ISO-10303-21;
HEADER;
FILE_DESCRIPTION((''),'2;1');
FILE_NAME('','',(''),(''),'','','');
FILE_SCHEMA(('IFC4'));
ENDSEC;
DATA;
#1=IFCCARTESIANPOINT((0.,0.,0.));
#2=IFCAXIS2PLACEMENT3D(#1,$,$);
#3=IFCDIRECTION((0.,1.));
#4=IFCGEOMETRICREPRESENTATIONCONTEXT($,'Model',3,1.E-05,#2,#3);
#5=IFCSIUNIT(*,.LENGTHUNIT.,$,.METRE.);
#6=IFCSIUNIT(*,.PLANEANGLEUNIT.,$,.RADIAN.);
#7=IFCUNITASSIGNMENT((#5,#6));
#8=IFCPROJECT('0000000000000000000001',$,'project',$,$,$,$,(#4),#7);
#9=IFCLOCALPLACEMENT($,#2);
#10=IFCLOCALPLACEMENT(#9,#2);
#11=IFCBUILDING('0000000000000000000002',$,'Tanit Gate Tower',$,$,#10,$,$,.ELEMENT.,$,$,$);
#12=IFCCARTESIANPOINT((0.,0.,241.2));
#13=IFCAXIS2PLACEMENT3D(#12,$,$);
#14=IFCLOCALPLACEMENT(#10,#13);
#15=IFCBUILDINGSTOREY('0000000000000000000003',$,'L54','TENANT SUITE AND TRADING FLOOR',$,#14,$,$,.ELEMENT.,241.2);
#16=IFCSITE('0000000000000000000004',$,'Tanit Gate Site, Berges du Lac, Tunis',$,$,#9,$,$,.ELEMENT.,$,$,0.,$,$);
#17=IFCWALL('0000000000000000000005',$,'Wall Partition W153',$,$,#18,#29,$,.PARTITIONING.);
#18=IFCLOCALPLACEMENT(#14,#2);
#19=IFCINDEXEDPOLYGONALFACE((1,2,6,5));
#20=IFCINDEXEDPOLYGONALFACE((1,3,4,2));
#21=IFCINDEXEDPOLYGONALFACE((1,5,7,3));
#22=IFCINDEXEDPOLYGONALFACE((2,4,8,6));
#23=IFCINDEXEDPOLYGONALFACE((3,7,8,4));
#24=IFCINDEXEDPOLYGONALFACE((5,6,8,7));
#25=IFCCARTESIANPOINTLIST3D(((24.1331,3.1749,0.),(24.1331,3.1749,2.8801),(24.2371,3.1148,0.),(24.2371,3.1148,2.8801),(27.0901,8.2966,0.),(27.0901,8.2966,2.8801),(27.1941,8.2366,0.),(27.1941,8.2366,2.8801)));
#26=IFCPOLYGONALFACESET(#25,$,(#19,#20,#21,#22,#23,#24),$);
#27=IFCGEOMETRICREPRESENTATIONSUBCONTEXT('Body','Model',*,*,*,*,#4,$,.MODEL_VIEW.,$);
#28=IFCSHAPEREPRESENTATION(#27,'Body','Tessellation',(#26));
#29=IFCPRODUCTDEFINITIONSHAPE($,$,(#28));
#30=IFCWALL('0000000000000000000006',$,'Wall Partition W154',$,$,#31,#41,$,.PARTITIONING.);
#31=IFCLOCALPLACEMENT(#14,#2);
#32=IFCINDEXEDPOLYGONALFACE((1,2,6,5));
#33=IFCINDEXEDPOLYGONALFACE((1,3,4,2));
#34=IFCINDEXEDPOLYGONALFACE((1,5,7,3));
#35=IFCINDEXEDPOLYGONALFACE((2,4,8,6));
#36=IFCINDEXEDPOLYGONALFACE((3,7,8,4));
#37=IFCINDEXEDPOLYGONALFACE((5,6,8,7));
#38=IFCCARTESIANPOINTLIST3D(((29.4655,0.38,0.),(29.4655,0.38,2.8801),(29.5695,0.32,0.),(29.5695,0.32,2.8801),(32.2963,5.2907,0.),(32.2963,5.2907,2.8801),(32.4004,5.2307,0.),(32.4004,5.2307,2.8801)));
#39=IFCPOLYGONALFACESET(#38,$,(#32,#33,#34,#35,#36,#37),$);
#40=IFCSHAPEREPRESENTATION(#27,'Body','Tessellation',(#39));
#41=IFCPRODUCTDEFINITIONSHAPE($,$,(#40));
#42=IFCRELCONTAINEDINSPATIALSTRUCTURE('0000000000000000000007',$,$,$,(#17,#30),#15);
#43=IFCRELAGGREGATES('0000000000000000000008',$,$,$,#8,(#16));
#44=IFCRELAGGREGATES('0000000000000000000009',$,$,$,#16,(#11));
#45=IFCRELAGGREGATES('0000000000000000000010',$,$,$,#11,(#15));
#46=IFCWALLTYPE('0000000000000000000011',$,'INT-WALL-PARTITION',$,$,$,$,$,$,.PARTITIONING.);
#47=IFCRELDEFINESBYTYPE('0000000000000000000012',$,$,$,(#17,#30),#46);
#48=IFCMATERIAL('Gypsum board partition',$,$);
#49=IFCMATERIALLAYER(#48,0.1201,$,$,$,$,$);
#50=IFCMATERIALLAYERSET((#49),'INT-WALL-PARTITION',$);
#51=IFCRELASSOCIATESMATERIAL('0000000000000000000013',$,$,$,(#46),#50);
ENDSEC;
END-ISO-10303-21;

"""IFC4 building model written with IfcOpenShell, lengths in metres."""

from ifc_helpers import new_model, si_unit, direction, frame, frame_2d, origin, place, context, subcontext, project, spatial, rectangle, extrude, material, layer, layer_set, type_object, element, save


model = new_model("IFC4")

# Units and contexts
model_context = context("Model", 3, precision=1e-05, world=origin(), true_north=direction((0.0, 1.0)))
body_context = subcontext(model_context, "Body", "Model", "MODEL_VIEW")
ifc_project = project(units=[si_unit("LENGTHUNIT", "METRE"), si_unit("PLANEANGLEUNIT", "RADIAN")], contexts=[model_context])

# Site, building, storey
site_placement = place(None, origin())
site = spatial("IfcSite", under=ifc_project, at=site_placement, Name="Tanit Gate Site, Berges du Lac, Tunis", CompositionType="ELEMENT", RefElevation=0.0)
building_placement = place(site_placement, origin())
building = spatial("IfcBuilding", under=site, at=building_placement, Name="Tanit Gate Tower", CompositionType="ELEMENT")
storey_placement = place(building_placement, frame((0.0, 0.0, 241.2)))
storey = spatial("IfcBuildingStorey", under=building, at=storey_placement, Name="L54", Description="TENANT SUITE AND TRADING FLOOR", CompositionType="ELEMENT", Elevation=241.2)

# Walls
ifc_material_1 = material(Name="Gypsum board partition")
ifc_layer_1 = layer(ifc_material_1, 0.1201)
ifc_layer_set_1 = layer_set([ifc_layer_1], Name="INT-WALL-PARTITION")
wall_type_1 = type_object("IfcWallType", Name="INT-WALL-PARTITION", PredefinedType="PARTITIONING", material=ifc_layer_set_1)
wall_1_placement = place(storey_placement, frame((27.1421, 8.2666, 0.0), z_axis=(0.0, 0.0, 1.0), x_axis=(-0.499993, -0.86603, 0.0)))
element("IfcWall", 1, at=wall_1_placement, inside=storey, type_object=wall_type_1, Name="Wall Partition W153", PredefinedType="PARTITIONING", context=body_context, shape_type="SweptSolid", body=[
    extrude(rectangle(XDim=5.9141, YDim=0.1201, at=frame_2d((2.957, 0.0))), origin(), (0.0, 0.0, 1.0), 2.8801),
])
wall_2_placement = place(storey_placement, frame((29.5176, 0.3501, 0.0), z_axis=(0.0, 0.0, 1.0), x_axis=(0.499424, 0.866358, 0.0)))
element("IfcWall", 2, at=wall_2_placement, inside=storey, type_object=wall_type_1, Name="Wall Partition W154", PredefinedType="PARTITIONING", context=body_context, shape_type="SweptSolid", body=[
    extrude(rectangle(XDim=5.6682, YDim=0.1201, at=frame_2d((2.834, 0.0))), origin(), (0.0, 0.0, 1.0), 2.8801),
])

save(model, "model.ifc")
